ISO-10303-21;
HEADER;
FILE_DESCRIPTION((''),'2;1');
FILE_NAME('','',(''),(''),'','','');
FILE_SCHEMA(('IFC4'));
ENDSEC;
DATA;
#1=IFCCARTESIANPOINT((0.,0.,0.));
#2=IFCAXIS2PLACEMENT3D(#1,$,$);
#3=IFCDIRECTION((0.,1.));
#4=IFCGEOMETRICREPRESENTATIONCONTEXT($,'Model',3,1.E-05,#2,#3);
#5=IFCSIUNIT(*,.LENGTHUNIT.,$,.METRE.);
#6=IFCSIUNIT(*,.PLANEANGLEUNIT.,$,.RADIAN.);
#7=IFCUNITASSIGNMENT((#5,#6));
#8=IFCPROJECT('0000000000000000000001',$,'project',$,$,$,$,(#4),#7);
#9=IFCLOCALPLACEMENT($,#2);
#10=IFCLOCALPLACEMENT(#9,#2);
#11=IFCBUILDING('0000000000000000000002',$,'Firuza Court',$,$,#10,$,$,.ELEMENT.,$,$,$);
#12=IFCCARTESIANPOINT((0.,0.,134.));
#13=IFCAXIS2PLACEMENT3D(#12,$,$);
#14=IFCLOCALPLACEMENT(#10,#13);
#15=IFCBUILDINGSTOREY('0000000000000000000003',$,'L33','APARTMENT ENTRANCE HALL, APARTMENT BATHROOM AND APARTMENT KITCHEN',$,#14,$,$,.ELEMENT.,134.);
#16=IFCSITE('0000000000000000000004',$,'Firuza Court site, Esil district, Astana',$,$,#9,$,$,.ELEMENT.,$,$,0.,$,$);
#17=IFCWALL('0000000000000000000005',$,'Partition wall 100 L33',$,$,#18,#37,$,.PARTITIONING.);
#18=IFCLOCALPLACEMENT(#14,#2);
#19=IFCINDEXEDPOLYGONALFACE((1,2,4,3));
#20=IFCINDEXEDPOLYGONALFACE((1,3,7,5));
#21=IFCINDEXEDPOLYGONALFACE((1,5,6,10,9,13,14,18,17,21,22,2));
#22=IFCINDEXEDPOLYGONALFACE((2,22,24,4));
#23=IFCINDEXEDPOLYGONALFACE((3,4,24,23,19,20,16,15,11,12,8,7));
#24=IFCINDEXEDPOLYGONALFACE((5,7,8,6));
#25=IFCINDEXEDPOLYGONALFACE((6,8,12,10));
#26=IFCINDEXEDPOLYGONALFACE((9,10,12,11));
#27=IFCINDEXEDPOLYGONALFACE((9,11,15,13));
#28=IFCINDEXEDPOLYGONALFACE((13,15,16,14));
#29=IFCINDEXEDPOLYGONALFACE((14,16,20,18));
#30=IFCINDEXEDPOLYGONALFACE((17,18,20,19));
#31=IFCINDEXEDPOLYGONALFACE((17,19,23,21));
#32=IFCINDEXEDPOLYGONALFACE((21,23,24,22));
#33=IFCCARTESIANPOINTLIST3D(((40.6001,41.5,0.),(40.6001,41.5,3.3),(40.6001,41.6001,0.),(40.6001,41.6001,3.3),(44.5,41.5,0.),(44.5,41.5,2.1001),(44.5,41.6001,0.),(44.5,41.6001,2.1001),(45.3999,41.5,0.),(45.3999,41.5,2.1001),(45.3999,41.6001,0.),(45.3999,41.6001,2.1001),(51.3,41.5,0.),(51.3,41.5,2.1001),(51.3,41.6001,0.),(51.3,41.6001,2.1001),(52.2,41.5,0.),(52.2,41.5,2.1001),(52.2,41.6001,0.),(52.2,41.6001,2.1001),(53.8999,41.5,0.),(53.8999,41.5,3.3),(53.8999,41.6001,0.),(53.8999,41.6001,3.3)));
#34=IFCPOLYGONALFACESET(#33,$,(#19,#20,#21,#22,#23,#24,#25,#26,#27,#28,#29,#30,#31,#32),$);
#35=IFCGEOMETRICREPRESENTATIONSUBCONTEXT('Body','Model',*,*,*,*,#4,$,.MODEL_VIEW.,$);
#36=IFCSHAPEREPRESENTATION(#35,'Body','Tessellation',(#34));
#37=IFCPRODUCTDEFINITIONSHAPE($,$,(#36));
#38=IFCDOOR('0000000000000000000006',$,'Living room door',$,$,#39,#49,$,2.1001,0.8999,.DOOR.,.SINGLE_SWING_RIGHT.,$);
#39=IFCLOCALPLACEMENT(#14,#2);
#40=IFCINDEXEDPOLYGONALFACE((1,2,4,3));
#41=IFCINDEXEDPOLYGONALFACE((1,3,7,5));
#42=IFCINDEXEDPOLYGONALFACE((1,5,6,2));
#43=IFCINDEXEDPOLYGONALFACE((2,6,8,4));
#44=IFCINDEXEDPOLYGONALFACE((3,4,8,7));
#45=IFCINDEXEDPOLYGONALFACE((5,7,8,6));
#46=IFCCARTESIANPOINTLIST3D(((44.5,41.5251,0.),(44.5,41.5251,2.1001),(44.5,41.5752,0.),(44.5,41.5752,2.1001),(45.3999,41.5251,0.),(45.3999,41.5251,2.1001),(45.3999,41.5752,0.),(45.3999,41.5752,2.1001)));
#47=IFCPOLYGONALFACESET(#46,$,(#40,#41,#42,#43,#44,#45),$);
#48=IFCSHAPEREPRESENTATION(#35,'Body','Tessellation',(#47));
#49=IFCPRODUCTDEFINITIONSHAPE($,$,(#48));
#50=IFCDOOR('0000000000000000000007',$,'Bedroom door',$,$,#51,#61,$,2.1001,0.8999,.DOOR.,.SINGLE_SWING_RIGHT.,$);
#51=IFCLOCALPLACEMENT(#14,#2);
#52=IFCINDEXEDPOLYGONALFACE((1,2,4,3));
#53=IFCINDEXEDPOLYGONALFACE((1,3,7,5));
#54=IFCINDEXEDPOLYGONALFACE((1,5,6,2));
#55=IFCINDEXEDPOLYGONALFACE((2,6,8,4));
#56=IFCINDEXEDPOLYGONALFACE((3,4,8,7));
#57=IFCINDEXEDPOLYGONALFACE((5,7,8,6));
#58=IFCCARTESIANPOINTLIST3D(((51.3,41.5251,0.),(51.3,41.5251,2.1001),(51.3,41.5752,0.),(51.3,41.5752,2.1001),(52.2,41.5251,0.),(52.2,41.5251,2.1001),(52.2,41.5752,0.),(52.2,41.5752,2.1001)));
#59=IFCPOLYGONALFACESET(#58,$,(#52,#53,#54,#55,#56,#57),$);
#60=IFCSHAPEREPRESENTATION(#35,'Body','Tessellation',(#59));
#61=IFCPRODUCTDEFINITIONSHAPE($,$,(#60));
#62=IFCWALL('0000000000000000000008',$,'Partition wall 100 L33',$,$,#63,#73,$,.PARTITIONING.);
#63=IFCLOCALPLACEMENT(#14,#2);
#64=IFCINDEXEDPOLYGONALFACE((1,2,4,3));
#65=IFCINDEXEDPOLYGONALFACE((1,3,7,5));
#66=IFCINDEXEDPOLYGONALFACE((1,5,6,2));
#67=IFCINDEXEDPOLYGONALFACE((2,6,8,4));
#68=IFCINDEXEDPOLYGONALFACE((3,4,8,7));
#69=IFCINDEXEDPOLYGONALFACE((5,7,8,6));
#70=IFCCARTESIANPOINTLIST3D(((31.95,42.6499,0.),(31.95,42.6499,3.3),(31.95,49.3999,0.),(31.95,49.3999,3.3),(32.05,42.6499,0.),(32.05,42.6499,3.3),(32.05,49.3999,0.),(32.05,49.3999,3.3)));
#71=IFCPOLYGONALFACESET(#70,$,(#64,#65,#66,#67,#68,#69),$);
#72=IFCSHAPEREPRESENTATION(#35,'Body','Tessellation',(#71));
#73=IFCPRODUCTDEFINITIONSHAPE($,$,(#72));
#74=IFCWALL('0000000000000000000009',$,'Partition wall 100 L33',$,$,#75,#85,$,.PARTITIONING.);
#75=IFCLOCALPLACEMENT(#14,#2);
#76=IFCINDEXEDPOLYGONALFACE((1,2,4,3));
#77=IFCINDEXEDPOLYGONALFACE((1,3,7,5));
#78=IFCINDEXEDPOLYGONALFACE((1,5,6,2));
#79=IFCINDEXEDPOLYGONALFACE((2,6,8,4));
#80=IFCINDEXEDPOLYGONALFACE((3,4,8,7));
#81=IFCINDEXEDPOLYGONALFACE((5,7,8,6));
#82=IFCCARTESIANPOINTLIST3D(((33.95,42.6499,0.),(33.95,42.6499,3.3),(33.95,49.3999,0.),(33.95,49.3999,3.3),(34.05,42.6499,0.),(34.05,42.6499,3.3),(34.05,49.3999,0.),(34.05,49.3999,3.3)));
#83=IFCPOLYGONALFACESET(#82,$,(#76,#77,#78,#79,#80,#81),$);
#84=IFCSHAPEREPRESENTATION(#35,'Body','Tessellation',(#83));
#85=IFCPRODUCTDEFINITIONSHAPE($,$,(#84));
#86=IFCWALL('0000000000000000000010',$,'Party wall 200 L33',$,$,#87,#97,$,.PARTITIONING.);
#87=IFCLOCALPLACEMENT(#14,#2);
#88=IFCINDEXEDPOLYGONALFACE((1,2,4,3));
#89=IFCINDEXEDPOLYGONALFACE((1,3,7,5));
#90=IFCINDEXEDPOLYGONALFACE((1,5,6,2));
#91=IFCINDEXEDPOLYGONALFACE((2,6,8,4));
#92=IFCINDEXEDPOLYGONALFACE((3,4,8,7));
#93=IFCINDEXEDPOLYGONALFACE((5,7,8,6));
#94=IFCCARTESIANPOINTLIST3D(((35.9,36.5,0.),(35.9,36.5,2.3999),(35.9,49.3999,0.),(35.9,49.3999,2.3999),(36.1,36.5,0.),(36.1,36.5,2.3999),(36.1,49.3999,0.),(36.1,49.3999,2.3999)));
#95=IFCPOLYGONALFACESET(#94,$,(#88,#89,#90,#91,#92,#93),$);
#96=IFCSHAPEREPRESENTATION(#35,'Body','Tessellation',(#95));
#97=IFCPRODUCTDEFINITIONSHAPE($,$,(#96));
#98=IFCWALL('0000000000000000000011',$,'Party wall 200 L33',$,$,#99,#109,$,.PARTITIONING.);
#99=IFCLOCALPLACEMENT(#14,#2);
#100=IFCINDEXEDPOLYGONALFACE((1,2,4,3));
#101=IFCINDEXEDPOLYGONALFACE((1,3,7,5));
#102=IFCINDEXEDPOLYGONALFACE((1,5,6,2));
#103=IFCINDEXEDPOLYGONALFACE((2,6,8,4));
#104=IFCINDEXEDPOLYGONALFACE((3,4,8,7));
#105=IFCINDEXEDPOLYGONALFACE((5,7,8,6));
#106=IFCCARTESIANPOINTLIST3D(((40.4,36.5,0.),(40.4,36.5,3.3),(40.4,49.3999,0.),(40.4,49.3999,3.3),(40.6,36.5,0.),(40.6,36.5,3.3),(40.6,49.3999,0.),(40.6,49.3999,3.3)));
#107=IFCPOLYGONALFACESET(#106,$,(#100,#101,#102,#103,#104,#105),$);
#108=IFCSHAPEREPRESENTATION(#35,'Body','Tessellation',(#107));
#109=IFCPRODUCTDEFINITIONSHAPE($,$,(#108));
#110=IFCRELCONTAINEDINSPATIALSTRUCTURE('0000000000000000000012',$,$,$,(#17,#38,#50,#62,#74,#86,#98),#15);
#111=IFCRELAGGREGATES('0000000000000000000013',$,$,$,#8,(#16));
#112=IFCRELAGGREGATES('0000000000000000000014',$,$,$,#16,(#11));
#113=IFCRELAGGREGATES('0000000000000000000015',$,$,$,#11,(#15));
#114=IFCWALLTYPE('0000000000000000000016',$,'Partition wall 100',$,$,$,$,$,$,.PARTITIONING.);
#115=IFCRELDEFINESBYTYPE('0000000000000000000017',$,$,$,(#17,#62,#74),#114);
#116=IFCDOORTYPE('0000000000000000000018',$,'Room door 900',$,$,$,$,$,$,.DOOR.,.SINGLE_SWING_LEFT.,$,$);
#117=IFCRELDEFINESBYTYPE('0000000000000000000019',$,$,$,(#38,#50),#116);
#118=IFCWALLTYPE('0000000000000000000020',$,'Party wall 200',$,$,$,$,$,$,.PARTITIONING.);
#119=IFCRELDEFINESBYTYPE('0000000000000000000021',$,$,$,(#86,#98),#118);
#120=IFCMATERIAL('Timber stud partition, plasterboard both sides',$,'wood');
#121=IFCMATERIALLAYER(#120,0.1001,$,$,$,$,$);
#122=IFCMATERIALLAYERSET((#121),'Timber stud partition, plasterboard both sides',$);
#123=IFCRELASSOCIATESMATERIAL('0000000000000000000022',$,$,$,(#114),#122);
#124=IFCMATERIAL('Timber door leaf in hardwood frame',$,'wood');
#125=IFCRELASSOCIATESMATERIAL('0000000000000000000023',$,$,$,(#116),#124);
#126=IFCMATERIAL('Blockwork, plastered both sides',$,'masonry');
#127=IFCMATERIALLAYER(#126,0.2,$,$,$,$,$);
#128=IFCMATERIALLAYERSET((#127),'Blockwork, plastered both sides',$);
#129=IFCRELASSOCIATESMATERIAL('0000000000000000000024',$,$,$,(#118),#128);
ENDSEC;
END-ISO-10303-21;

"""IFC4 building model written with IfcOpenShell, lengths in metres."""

from ifc_helpers import new_model, si_unit, direction, frame, frame_2d, origin, place, context, subcontext, project, spatial, rectangle, extrude, material, layer, layer_set, type_object, element, fill, save


model = new_model("IFC4")

# Units and contexts
model_context = context("Model", 3, precision=1e-05, world=origin(), true_north=direction((0.0, 1.0)))
body_context = subcontext(model_context, "Body", "Model", "MODEL_VIEW")
ifc_project = project(units=[si_unit("LENGTHUNIT", "METRE"), si_unit("PLANEANGLEUNIT", "RADIAN")], contexts=[model_context])

# Site, building, storey
site_placement = place(None, origin())
site = spatial("IfcSite", under=ifc_project, at=site_placement, Name="Firuza Court site, Esil district, Astana", CompositionType="ELEMENT", RefElevation=0.0)
building_placement = place(site_placement, origin())
building = spatial("IfcBuilding", under=site, at=building_placement, Name="Firuza Court", CompositionType="ELEMENT")
storey_placement = place(building_placement, frame((0.0, 0.0, 134.0)))
storey = spatial("IfcBuildingStorey", under=building, at=storey_placement, Name="L33", Description="APARTMENT ENTRANCE HALL, APARTMENT BATHROOM AND APARTMENT KITCHEN", CompositionType="ELEMENT", Elevation=134.0)

# Shared definitions
ifc_material_1 = material(Name="Blockwork, plastered both sides", Category="masonry")

# Shared definitions
ifc_material_2 = material(Name="Timber stud partition, plasterboard both sides", Category="wood")
ifc_layer_1 = layer(ifc_material_2, 0.1001)
ifc_layer_set_1 = layer_set([ifc_layer_1], Name="Timber stud partition, plasterboard both sides")
wall_type_1 = type_object("IfcWallType", Name="Partition wall 100", PredefinedType="PARTITIONING", material=ifc_layer_set_1)

# Shared definitions
ifc_material_3 = material(Name="Timber door leaf in hardwood frame", Category="wood")
door_type_1 = type_object("IfcDoorType", Name="Room door 900", OperationType="SINGLE_SWING_LEFT", PredefinedType="DOOR", material=ifc_material_3)

# Wall, openings, doors
wall_1_placement = place(storey_placement, frame((40.6001, 41.55, 0.0), z_axis=(0.0, 0.0, 1.0), x_axis=(1.0, 0.0, 0.0)))
wall_1 = element("IfcWall", 1, at=wall_1_placement, inside=storey, type_object=wall_type_1, Name="Partition wall 100 L33", PredefinedType="PARTITIONING", context=body_context, shape_type="SweptSolid", body=[
    extrude(rectangle(XDim=13.2998, YDim=0.1001, at=frame_2d((6.6499, 0.0))), origin(), (0.0, 0.0, 1.0), 3.3),
])
opening_1_placement = place(wall_1_placement, frame((3.8999, 0.0, 0.0)))
opening_1 = element("IfcOpeningElement", 2, at=opening_1_placement, cuts=wall_1, PredefinedType="OPENING", context=body_context, shape_type="SweptSolid", body=[
    extrude(rectangle(XDim=0.8999, YDim=2.1001, at=frame_2d((0.45, 1.05))), frame((0.0, 0.062, 0.0), z_axis=(0.0, -1.0, 0.0), x_axis=(1.0, 0.0, 0.0)), (0.0, 0.0, 1.0), 0.124),
])
opening_2_placement = place(wall_1_placement, frame((10.7, 0.0, 0.0)))
opening_2 = element("IfcOpeningElement", 3, at=opening_2_placement, cuts=wall_1, PredefinedType="OPENING", context=body_context, shape_type="SweptSolid", body=[
    extrude(rectangle(XDim=0.8999, YDim=2.1001, at=frame_2d((0.45, 1.05))), frame((0.0, 0.062, 0.0), z_axis=(0.0, -1.0, 0.0), x_axis=(1.0, 0.0, 0.0)), (0.0, 0.0, 1.0), 0.124),
])
door_1_placement = place(opening_1_placement, frame((0.8999, 0.0, 0.0), z_axis=(0.0, 0.0, 1.0), x_axis=(-1.0, 0.0, 0.0)))
door_1 = element("IfcDoor", 4, at=door_1_placement, inside=storey, type_object=door_type_1, Name="Living room door", OperationType="SINGLE_SWING_RIGHT", OverallHeight=2.1001, OverallWidth=0.8999, PredefinedType="DOOR", context=body_context, shape_type="SweptSolid", body=[
    extrude(rectangle(XDim=0.8999, YDim=2.1001, at=frame_2d((0.45, 1.05))), frame((0.0, 0.0249, 0.0), z_axis=(0.0, -1.0, 0.0), x_axis=(1.0, 0.0, 0.0)), (0.0, 0.0, 1.0), 0.05),
])
fill(opening_1, door_1)
door_2_placement = place(opening_2_placement, frame((0.8999, 0.0, 0.0), z_axis=(0.0, 0.0, 1.0), x_axis=(-1.0, 0.0, 0.0)))
door_2 = element("IfcDoor", 5, at=door_2_placement, inside=storey, type_object=door_type_1, Name="Bedroom door", OperationType="SINGLE_SWING_RIGHT", OverallHeight=2.1001, OverallWidth=0.8999, PredefinedType="DOOR", context=body_context, shape_type="SweptSolid", body=[
    extrude(rectangle(XDim=0.8999, YDim=2.1001, at=frame_2d((0.45, 1.05))), frame((0.0, 0.0249, 0.0), z_axis=(0.0, -1.0, 0.0), x_axis=(1.0, 0.0, 0.0)), (0.0, 0.0, 1.0), 0.05),
])
fill(opening_2, door_2)

# Walls
for number, where, z_axis, x_axis, name in (
    (6, (32.0, 42.6499, 0.0), (0.0, 0.0, 1.0), (0.0, 1.0, 0.0), "Partition wall 100 L33"),
    (7, (34.0, 42.6499, 0.0), (0.0, 0.0, 1.0), (0.0, 1.0, 0.0), "Partition wall 100 L33"),
):
    element("IfcWall", number, at=place(storey_placement, frame(where, z_axis=z_axis, x_axis=x_axis)), inside=storey, type_object=wall_type_1, Name=name, PredefinedType="PARTITIONING", context=body_context, shape_type="SweptSolid", body=[
        extrude(rectangle(XDim=6.75, YDim=0.1001, at=frame_2d((3.375, 0.0))), origin(), (0.0, 0.0, 1.0), 3.3),
    ])
ifc_layer_2 = layer(ifc_material_1, 0.2)
ifc_layer_set_2 = layer_set([ifc_layer_2], Name="Blockwork, plastered both sides")
wall_type_2 = type_object("IfcWallType", Name="Party wall 200", PredefinedType="PARTITIONING", material=ifc_layer_set_2)
wall_2_placement = place(storey_placement, frame((36.0, 36.5, 0.0), z_axis=(0.0, 0.0, 1.0), x_axis=(0.0, 1.0, 0.0)))
element("IfcWall", 8, at=wall_2_placement, inside=storey, type_object=wall_type_2, Name="Party wall 200 L33", PredefinedType="PARTITIONING", context=body_context, shape_type="SweptSolid", body=[
    extrude(rectangle(XDim=12.8999, YDim=0.2, at=frame_2d((6.45, 0.0))), origin(), (0.0, 0.0, 1.0), 2.3999),
])
wall_3_placement = place(storey_placement, frame((40.5, 36.5, 0.0), z_axis=(0.0, 0.0, 1.0), x_axis=(0.0, 1.0, 0.0)))
element("IfcWall", 9, at=wall_3_placement, inside=storey, type_object=wall_type_2, Name="Party wall 200 L33", PredefinedType="PARTITIONING", context=body_context, shape_type="SweptSolid", body=[
    extrude(rectangle(XDim=12.8999, YDim=0.2, at=frame_2d((6.45, 0.0))), origin(), (0.0, 0.0, 1.0), 3.3),
])

save(model, "model.ifc")
